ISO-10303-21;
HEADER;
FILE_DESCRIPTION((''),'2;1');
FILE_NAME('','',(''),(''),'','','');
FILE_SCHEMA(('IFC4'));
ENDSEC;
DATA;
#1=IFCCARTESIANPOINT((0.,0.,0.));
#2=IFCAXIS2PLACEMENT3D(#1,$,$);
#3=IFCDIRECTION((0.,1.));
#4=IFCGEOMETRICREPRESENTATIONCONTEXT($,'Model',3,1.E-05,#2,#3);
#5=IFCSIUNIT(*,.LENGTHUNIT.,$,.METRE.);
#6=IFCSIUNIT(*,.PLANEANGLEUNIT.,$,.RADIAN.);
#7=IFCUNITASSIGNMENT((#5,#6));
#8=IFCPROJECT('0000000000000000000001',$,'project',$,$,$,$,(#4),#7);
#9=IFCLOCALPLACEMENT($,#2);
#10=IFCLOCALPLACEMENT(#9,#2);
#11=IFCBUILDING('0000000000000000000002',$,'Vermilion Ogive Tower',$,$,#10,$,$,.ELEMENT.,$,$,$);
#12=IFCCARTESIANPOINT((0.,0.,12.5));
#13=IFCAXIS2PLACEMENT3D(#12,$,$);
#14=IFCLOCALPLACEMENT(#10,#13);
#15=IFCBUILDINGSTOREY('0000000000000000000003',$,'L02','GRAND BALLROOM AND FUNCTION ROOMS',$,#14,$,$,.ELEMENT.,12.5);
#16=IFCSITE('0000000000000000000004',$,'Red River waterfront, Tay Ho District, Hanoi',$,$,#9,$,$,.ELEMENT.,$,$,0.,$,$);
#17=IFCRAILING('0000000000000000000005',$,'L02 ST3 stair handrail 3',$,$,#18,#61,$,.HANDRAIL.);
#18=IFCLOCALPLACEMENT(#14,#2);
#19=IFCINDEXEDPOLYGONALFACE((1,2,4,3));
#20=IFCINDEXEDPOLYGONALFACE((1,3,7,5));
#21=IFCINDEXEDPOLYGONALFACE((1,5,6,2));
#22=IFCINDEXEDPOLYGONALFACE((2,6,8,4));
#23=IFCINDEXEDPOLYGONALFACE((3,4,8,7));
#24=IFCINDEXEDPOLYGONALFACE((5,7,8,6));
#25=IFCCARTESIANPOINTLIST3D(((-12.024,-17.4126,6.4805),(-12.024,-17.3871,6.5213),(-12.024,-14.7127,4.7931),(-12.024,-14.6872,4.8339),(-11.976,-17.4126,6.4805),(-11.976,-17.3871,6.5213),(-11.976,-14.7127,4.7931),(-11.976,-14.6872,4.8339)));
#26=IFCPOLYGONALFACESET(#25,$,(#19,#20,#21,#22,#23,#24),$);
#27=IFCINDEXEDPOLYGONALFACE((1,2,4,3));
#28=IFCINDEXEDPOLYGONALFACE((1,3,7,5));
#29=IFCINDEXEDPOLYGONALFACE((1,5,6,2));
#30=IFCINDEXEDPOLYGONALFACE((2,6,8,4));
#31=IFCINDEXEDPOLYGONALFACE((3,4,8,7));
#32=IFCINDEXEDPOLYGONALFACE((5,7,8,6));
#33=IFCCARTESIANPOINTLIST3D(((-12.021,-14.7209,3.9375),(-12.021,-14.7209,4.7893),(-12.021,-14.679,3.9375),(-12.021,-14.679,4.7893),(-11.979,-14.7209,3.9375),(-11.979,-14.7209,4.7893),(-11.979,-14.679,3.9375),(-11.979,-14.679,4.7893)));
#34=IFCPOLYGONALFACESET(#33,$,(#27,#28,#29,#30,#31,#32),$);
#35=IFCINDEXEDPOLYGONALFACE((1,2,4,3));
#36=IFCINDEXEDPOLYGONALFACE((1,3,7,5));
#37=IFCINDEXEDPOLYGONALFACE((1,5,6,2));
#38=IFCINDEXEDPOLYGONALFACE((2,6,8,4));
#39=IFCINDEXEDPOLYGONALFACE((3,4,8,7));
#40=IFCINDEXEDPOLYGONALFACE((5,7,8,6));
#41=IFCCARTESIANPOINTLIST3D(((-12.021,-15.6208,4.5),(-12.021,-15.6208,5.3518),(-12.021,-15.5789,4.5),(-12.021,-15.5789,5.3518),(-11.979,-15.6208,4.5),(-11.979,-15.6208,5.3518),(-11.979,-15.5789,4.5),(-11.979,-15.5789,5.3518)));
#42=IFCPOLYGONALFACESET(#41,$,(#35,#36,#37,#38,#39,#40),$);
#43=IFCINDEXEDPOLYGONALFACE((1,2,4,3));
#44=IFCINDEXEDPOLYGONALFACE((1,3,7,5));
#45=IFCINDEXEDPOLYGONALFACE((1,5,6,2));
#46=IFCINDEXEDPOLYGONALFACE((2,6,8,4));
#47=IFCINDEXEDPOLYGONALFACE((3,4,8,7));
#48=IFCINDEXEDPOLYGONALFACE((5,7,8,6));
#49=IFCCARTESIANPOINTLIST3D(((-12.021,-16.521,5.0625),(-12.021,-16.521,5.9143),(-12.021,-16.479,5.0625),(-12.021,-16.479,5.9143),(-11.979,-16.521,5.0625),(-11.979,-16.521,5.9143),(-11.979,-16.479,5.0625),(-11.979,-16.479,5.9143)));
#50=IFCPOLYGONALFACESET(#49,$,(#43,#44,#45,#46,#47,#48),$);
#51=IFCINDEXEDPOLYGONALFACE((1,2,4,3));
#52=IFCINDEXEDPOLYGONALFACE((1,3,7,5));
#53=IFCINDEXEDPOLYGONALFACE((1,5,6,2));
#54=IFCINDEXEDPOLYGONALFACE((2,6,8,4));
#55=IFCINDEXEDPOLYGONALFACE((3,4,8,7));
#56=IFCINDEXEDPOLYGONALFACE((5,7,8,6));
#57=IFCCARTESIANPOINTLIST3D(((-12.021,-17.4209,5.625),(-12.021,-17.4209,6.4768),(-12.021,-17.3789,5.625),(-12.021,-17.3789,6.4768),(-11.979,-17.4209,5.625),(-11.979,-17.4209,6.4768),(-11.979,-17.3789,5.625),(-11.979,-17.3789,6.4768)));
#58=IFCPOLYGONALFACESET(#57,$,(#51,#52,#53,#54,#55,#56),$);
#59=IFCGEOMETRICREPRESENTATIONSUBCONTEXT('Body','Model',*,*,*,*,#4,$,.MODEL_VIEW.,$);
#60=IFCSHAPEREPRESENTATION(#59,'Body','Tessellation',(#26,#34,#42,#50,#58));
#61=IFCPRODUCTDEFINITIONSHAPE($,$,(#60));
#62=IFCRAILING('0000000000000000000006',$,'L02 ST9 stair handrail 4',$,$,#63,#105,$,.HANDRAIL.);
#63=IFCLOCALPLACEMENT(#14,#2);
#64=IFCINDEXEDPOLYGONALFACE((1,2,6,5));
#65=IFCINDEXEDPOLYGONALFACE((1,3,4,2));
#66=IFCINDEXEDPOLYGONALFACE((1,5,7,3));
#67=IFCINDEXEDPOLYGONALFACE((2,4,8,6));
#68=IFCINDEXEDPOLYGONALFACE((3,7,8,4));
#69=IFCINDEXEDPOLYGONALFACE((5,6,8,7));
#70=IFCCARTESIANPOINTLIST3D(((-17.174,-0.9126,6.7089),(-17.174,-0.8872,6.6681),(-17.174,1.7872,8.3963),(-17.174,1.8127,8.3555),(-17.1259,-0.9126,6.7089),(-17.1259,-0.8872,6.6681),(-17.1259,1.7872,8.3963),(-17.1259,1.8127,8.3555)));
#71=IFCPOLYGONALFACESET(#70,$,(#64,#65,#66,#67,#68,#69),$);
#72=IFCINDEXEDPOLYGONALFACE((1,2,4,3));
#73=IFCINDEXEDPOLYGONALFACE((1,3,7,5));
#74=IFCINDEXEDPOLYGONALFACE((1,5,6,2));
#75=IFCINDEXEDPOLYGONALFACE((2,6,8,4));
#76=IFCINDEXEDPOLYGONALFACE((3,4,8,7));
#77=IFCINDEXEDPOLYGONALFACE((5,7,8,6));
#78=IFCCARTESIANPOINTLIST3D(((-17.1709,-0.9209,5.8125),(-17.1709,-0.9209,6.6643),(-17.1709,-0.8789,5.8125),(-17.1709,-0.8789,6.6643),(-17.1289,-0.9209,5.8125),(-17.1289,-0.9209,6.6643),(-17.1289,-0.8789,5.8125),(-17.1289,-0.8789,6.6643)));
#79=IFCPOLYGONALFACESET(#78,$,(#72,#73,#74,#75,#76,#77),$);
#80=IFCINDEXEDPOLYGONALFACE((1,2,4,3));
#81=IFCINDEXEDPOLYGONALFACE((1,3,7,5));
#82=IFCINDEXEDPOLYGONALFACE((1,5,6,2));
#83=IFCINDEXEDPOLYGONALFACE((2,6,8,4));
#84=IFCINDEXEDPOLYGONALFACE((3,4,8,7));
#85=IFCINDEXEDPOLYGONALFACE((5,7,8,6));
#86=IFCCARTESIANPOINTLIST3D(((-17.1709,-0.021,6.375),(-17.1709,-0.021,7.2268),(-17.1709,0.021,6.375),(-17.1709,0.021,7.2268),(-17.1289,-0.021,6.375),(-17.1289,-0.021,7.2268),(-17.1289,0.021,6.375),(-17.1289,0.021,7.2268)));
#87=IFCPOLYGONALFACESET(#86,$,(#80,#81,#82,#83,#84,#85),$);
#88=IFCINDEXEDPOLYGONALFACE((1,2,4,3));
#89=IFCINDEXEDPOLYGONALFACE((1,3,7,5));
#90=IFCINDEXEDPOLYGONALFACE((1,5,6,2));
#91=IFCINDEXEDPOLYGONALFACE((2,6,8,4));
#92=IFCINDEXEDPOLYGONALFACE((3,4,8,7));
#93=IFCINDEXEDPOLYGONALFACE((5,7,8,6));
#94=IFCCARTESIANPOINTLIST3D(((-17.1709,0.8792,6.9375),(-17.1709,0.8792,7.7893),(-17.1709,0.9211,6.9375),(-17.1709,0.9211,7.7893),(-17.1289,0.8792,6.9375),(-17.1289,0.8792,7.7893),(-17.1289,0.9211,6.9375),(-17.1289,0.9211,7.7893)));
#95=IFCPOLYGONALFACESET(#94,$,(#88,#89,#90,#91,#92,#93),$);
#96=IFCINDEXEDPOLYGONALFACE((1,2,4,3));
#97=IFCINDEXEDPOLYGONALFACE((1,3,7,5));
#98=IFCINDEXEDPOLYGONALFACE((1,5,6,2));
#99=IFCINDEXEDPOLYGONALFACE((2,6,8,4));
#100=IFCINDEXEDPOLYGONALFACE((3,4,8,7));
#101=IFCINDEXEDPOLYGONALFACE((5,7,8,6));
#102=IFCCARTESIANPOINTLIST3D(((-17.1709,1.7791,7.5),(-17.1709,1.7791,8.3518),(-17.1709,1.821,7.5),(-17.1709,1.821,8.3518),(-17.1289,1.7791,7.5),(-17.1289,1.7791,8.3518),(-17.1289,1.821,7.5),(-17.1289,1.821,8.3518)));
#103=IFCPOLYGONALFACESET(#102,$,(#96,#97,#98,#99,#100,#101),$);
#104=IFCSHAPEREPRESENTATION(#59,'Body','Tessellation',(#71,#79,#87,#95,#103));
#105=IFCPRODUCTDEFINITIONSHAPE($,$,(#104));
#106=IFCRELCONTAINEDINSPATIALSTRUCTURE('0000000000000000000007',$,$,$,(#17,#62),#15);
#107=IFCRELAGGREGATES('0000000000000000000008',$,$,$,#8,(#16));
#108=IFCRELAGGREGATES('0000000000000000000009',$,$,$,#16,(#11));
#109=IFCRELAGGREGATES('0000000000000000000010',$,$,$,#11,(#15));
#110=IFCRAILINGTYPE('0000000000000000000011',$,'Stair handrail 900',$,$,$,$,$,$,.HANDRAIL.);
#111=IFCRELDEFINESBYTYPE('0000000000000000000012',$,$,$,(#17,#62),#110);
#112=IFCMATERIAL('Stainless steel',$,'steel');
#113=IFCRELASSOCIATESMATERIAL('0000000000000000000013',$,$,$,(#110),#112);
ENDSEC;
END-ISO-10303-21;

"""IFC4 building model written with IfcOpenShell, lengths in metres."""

from ifc_helpers import new_model, si_unit, direction, frame, origin, origin_2d, place, context, subcontext, project, spatial, rectangle, extrude, material, type_object, element, save


model = new_model("IFC4")

# Units and contexts
model_context = context("Model", 3, precision=1e-05, world=origin(), true_north=direction((0.0, 1.0)))
body_context = subcontext(model_context, "Body", "Model", "MODEL_VIEW")
ifc_project = project(units=[si_unit("LENGTHUNIT", "METRE"), si_unit("PLANEANGLEUNIT", "RADIAN")], contexts=[model_context])

# Site, building, storey
site_placement = place(None, origin())
site = spatial("IfcSite", under=ifc_project, at=site_placement, Name="Red River waterfront, Tay Ho District, Hanoi", CompositionType="ELEMENT", RefElevation=0.0)
building_placement = place(site_placement, origin())
building = spatial("IfcBuilding", under=site, at=building_placement, Name="Vermilion Ogive Tower", CompositionType="ELEMENT")
storey_placement = place(building_placement, frame((0.0, 0.0, 12.5)))
storey = spatial("IfcBuildingStorey", under=building, at=storey_placement, Name="L02", Description="GRAND BALLROOM AND FUNCTION ROOMS", CompositionType="ELEMENT", Elevation=12.5)

# Railings
ifc_material_1 = material(Name="Stainless steel", Category="steel")
railing_type_1 = type_object("IfcRailingType", Name="Stair handrail 900", PredefinedType="HANDRAIL", material=ifc_material_1)
railing_1_placement = place(storey_placement, frame((-12.0, -14.7, 3.9375)))
element("IfcRailing", 1, at=railing_1_placement, inside=storey, type_object=railing_type_1, Name="L02 ST3 stair handrail 3", PredefinedType="HANDRAIL", context=body_context, shape_type="SweptSolid", body=[
    extrude(rectangle(XDim=0.0481, YDim=0.0481, at=origin_2d()), frame((0.0, 0.0, 0.876), z_axis=(0.0, -0.847994, 0.530006), x_axis=(1.0, 0.0, 0.0)), (0.0, 0.0, 1.0), 3.1838),
    extrude(rectangle(XDim=0.042, YDim=0.042, at=origin_2d()), origin(), (0.0, 0.0, 1.0), 0.8518),
    extrude(rectangle(XDim=0.042, YDim=0.042, at=origin_2d()), frame((0.0, -0.8999, 0.5625)), (0.0, 0.0, 1.0), 0.8518),
    extrude(rectangle(XDim=0.042, YDim=0.042, at=origin_2d()), frame((0.0, -1.8, 1.125)), (0.0, 0.0, 1.0), 0.8518),
    extrude(rectangle(XDim=0.042, YDim=0.042, at=origin_2d()), frame((0.0, -2.7, 1.6875)), (0.0, 0.0, 1.0), 0.8518),
])
railing_2_placement = place(storey_placement, frame((-17.1499, -0.8999, 5.8125)))
element("IfcRailing", 2, at=railing_2_placement, inside=storey, type_object=railing_type_1, Name="L02 ST9 stair handrail 4", PredefinedType="HANDRAIL", context=body_context, shape_type="SweptSolid", body=[
    extrude(rectangle(XDim=0.0481, YDim=0.0481, at=origin_2d()), frame((0.0, 0.0, 0.876), z_axis=(0.0, 0.847994, 0.530006), x_axis=(-1.0, 0.0, 0.0)), (0.0, 0.0, 1.0), 3.1838),
    extrude(rectangle(XDim=0.042, YDim=0.042, at=origin_2d()), origin(), (0.0, 0.0, 1.0), 0.8518),
    extrude(rectangle(XDim=0.042, YDim=0.042, at=origin_2d()), frame((0.0, 0.8999, 0.5625)), (0.0, 0.0, 1.0), 0.8518),
    extrude(rectangle(XDim=0.042, YDim=0.042, at=origin_2d()), frame((0.0, 1.8, 1.125)), (0.0, 0.0, 1.0), 0.8518),
    extrude(rectangle(XDim=0.042, YDim=0.042, at=origin_2d()), frame((0.0, 2.7, 1.6875)), (0.0, 0.0, 1.0), 0.8518),
])

save(model, "model.ifc")
